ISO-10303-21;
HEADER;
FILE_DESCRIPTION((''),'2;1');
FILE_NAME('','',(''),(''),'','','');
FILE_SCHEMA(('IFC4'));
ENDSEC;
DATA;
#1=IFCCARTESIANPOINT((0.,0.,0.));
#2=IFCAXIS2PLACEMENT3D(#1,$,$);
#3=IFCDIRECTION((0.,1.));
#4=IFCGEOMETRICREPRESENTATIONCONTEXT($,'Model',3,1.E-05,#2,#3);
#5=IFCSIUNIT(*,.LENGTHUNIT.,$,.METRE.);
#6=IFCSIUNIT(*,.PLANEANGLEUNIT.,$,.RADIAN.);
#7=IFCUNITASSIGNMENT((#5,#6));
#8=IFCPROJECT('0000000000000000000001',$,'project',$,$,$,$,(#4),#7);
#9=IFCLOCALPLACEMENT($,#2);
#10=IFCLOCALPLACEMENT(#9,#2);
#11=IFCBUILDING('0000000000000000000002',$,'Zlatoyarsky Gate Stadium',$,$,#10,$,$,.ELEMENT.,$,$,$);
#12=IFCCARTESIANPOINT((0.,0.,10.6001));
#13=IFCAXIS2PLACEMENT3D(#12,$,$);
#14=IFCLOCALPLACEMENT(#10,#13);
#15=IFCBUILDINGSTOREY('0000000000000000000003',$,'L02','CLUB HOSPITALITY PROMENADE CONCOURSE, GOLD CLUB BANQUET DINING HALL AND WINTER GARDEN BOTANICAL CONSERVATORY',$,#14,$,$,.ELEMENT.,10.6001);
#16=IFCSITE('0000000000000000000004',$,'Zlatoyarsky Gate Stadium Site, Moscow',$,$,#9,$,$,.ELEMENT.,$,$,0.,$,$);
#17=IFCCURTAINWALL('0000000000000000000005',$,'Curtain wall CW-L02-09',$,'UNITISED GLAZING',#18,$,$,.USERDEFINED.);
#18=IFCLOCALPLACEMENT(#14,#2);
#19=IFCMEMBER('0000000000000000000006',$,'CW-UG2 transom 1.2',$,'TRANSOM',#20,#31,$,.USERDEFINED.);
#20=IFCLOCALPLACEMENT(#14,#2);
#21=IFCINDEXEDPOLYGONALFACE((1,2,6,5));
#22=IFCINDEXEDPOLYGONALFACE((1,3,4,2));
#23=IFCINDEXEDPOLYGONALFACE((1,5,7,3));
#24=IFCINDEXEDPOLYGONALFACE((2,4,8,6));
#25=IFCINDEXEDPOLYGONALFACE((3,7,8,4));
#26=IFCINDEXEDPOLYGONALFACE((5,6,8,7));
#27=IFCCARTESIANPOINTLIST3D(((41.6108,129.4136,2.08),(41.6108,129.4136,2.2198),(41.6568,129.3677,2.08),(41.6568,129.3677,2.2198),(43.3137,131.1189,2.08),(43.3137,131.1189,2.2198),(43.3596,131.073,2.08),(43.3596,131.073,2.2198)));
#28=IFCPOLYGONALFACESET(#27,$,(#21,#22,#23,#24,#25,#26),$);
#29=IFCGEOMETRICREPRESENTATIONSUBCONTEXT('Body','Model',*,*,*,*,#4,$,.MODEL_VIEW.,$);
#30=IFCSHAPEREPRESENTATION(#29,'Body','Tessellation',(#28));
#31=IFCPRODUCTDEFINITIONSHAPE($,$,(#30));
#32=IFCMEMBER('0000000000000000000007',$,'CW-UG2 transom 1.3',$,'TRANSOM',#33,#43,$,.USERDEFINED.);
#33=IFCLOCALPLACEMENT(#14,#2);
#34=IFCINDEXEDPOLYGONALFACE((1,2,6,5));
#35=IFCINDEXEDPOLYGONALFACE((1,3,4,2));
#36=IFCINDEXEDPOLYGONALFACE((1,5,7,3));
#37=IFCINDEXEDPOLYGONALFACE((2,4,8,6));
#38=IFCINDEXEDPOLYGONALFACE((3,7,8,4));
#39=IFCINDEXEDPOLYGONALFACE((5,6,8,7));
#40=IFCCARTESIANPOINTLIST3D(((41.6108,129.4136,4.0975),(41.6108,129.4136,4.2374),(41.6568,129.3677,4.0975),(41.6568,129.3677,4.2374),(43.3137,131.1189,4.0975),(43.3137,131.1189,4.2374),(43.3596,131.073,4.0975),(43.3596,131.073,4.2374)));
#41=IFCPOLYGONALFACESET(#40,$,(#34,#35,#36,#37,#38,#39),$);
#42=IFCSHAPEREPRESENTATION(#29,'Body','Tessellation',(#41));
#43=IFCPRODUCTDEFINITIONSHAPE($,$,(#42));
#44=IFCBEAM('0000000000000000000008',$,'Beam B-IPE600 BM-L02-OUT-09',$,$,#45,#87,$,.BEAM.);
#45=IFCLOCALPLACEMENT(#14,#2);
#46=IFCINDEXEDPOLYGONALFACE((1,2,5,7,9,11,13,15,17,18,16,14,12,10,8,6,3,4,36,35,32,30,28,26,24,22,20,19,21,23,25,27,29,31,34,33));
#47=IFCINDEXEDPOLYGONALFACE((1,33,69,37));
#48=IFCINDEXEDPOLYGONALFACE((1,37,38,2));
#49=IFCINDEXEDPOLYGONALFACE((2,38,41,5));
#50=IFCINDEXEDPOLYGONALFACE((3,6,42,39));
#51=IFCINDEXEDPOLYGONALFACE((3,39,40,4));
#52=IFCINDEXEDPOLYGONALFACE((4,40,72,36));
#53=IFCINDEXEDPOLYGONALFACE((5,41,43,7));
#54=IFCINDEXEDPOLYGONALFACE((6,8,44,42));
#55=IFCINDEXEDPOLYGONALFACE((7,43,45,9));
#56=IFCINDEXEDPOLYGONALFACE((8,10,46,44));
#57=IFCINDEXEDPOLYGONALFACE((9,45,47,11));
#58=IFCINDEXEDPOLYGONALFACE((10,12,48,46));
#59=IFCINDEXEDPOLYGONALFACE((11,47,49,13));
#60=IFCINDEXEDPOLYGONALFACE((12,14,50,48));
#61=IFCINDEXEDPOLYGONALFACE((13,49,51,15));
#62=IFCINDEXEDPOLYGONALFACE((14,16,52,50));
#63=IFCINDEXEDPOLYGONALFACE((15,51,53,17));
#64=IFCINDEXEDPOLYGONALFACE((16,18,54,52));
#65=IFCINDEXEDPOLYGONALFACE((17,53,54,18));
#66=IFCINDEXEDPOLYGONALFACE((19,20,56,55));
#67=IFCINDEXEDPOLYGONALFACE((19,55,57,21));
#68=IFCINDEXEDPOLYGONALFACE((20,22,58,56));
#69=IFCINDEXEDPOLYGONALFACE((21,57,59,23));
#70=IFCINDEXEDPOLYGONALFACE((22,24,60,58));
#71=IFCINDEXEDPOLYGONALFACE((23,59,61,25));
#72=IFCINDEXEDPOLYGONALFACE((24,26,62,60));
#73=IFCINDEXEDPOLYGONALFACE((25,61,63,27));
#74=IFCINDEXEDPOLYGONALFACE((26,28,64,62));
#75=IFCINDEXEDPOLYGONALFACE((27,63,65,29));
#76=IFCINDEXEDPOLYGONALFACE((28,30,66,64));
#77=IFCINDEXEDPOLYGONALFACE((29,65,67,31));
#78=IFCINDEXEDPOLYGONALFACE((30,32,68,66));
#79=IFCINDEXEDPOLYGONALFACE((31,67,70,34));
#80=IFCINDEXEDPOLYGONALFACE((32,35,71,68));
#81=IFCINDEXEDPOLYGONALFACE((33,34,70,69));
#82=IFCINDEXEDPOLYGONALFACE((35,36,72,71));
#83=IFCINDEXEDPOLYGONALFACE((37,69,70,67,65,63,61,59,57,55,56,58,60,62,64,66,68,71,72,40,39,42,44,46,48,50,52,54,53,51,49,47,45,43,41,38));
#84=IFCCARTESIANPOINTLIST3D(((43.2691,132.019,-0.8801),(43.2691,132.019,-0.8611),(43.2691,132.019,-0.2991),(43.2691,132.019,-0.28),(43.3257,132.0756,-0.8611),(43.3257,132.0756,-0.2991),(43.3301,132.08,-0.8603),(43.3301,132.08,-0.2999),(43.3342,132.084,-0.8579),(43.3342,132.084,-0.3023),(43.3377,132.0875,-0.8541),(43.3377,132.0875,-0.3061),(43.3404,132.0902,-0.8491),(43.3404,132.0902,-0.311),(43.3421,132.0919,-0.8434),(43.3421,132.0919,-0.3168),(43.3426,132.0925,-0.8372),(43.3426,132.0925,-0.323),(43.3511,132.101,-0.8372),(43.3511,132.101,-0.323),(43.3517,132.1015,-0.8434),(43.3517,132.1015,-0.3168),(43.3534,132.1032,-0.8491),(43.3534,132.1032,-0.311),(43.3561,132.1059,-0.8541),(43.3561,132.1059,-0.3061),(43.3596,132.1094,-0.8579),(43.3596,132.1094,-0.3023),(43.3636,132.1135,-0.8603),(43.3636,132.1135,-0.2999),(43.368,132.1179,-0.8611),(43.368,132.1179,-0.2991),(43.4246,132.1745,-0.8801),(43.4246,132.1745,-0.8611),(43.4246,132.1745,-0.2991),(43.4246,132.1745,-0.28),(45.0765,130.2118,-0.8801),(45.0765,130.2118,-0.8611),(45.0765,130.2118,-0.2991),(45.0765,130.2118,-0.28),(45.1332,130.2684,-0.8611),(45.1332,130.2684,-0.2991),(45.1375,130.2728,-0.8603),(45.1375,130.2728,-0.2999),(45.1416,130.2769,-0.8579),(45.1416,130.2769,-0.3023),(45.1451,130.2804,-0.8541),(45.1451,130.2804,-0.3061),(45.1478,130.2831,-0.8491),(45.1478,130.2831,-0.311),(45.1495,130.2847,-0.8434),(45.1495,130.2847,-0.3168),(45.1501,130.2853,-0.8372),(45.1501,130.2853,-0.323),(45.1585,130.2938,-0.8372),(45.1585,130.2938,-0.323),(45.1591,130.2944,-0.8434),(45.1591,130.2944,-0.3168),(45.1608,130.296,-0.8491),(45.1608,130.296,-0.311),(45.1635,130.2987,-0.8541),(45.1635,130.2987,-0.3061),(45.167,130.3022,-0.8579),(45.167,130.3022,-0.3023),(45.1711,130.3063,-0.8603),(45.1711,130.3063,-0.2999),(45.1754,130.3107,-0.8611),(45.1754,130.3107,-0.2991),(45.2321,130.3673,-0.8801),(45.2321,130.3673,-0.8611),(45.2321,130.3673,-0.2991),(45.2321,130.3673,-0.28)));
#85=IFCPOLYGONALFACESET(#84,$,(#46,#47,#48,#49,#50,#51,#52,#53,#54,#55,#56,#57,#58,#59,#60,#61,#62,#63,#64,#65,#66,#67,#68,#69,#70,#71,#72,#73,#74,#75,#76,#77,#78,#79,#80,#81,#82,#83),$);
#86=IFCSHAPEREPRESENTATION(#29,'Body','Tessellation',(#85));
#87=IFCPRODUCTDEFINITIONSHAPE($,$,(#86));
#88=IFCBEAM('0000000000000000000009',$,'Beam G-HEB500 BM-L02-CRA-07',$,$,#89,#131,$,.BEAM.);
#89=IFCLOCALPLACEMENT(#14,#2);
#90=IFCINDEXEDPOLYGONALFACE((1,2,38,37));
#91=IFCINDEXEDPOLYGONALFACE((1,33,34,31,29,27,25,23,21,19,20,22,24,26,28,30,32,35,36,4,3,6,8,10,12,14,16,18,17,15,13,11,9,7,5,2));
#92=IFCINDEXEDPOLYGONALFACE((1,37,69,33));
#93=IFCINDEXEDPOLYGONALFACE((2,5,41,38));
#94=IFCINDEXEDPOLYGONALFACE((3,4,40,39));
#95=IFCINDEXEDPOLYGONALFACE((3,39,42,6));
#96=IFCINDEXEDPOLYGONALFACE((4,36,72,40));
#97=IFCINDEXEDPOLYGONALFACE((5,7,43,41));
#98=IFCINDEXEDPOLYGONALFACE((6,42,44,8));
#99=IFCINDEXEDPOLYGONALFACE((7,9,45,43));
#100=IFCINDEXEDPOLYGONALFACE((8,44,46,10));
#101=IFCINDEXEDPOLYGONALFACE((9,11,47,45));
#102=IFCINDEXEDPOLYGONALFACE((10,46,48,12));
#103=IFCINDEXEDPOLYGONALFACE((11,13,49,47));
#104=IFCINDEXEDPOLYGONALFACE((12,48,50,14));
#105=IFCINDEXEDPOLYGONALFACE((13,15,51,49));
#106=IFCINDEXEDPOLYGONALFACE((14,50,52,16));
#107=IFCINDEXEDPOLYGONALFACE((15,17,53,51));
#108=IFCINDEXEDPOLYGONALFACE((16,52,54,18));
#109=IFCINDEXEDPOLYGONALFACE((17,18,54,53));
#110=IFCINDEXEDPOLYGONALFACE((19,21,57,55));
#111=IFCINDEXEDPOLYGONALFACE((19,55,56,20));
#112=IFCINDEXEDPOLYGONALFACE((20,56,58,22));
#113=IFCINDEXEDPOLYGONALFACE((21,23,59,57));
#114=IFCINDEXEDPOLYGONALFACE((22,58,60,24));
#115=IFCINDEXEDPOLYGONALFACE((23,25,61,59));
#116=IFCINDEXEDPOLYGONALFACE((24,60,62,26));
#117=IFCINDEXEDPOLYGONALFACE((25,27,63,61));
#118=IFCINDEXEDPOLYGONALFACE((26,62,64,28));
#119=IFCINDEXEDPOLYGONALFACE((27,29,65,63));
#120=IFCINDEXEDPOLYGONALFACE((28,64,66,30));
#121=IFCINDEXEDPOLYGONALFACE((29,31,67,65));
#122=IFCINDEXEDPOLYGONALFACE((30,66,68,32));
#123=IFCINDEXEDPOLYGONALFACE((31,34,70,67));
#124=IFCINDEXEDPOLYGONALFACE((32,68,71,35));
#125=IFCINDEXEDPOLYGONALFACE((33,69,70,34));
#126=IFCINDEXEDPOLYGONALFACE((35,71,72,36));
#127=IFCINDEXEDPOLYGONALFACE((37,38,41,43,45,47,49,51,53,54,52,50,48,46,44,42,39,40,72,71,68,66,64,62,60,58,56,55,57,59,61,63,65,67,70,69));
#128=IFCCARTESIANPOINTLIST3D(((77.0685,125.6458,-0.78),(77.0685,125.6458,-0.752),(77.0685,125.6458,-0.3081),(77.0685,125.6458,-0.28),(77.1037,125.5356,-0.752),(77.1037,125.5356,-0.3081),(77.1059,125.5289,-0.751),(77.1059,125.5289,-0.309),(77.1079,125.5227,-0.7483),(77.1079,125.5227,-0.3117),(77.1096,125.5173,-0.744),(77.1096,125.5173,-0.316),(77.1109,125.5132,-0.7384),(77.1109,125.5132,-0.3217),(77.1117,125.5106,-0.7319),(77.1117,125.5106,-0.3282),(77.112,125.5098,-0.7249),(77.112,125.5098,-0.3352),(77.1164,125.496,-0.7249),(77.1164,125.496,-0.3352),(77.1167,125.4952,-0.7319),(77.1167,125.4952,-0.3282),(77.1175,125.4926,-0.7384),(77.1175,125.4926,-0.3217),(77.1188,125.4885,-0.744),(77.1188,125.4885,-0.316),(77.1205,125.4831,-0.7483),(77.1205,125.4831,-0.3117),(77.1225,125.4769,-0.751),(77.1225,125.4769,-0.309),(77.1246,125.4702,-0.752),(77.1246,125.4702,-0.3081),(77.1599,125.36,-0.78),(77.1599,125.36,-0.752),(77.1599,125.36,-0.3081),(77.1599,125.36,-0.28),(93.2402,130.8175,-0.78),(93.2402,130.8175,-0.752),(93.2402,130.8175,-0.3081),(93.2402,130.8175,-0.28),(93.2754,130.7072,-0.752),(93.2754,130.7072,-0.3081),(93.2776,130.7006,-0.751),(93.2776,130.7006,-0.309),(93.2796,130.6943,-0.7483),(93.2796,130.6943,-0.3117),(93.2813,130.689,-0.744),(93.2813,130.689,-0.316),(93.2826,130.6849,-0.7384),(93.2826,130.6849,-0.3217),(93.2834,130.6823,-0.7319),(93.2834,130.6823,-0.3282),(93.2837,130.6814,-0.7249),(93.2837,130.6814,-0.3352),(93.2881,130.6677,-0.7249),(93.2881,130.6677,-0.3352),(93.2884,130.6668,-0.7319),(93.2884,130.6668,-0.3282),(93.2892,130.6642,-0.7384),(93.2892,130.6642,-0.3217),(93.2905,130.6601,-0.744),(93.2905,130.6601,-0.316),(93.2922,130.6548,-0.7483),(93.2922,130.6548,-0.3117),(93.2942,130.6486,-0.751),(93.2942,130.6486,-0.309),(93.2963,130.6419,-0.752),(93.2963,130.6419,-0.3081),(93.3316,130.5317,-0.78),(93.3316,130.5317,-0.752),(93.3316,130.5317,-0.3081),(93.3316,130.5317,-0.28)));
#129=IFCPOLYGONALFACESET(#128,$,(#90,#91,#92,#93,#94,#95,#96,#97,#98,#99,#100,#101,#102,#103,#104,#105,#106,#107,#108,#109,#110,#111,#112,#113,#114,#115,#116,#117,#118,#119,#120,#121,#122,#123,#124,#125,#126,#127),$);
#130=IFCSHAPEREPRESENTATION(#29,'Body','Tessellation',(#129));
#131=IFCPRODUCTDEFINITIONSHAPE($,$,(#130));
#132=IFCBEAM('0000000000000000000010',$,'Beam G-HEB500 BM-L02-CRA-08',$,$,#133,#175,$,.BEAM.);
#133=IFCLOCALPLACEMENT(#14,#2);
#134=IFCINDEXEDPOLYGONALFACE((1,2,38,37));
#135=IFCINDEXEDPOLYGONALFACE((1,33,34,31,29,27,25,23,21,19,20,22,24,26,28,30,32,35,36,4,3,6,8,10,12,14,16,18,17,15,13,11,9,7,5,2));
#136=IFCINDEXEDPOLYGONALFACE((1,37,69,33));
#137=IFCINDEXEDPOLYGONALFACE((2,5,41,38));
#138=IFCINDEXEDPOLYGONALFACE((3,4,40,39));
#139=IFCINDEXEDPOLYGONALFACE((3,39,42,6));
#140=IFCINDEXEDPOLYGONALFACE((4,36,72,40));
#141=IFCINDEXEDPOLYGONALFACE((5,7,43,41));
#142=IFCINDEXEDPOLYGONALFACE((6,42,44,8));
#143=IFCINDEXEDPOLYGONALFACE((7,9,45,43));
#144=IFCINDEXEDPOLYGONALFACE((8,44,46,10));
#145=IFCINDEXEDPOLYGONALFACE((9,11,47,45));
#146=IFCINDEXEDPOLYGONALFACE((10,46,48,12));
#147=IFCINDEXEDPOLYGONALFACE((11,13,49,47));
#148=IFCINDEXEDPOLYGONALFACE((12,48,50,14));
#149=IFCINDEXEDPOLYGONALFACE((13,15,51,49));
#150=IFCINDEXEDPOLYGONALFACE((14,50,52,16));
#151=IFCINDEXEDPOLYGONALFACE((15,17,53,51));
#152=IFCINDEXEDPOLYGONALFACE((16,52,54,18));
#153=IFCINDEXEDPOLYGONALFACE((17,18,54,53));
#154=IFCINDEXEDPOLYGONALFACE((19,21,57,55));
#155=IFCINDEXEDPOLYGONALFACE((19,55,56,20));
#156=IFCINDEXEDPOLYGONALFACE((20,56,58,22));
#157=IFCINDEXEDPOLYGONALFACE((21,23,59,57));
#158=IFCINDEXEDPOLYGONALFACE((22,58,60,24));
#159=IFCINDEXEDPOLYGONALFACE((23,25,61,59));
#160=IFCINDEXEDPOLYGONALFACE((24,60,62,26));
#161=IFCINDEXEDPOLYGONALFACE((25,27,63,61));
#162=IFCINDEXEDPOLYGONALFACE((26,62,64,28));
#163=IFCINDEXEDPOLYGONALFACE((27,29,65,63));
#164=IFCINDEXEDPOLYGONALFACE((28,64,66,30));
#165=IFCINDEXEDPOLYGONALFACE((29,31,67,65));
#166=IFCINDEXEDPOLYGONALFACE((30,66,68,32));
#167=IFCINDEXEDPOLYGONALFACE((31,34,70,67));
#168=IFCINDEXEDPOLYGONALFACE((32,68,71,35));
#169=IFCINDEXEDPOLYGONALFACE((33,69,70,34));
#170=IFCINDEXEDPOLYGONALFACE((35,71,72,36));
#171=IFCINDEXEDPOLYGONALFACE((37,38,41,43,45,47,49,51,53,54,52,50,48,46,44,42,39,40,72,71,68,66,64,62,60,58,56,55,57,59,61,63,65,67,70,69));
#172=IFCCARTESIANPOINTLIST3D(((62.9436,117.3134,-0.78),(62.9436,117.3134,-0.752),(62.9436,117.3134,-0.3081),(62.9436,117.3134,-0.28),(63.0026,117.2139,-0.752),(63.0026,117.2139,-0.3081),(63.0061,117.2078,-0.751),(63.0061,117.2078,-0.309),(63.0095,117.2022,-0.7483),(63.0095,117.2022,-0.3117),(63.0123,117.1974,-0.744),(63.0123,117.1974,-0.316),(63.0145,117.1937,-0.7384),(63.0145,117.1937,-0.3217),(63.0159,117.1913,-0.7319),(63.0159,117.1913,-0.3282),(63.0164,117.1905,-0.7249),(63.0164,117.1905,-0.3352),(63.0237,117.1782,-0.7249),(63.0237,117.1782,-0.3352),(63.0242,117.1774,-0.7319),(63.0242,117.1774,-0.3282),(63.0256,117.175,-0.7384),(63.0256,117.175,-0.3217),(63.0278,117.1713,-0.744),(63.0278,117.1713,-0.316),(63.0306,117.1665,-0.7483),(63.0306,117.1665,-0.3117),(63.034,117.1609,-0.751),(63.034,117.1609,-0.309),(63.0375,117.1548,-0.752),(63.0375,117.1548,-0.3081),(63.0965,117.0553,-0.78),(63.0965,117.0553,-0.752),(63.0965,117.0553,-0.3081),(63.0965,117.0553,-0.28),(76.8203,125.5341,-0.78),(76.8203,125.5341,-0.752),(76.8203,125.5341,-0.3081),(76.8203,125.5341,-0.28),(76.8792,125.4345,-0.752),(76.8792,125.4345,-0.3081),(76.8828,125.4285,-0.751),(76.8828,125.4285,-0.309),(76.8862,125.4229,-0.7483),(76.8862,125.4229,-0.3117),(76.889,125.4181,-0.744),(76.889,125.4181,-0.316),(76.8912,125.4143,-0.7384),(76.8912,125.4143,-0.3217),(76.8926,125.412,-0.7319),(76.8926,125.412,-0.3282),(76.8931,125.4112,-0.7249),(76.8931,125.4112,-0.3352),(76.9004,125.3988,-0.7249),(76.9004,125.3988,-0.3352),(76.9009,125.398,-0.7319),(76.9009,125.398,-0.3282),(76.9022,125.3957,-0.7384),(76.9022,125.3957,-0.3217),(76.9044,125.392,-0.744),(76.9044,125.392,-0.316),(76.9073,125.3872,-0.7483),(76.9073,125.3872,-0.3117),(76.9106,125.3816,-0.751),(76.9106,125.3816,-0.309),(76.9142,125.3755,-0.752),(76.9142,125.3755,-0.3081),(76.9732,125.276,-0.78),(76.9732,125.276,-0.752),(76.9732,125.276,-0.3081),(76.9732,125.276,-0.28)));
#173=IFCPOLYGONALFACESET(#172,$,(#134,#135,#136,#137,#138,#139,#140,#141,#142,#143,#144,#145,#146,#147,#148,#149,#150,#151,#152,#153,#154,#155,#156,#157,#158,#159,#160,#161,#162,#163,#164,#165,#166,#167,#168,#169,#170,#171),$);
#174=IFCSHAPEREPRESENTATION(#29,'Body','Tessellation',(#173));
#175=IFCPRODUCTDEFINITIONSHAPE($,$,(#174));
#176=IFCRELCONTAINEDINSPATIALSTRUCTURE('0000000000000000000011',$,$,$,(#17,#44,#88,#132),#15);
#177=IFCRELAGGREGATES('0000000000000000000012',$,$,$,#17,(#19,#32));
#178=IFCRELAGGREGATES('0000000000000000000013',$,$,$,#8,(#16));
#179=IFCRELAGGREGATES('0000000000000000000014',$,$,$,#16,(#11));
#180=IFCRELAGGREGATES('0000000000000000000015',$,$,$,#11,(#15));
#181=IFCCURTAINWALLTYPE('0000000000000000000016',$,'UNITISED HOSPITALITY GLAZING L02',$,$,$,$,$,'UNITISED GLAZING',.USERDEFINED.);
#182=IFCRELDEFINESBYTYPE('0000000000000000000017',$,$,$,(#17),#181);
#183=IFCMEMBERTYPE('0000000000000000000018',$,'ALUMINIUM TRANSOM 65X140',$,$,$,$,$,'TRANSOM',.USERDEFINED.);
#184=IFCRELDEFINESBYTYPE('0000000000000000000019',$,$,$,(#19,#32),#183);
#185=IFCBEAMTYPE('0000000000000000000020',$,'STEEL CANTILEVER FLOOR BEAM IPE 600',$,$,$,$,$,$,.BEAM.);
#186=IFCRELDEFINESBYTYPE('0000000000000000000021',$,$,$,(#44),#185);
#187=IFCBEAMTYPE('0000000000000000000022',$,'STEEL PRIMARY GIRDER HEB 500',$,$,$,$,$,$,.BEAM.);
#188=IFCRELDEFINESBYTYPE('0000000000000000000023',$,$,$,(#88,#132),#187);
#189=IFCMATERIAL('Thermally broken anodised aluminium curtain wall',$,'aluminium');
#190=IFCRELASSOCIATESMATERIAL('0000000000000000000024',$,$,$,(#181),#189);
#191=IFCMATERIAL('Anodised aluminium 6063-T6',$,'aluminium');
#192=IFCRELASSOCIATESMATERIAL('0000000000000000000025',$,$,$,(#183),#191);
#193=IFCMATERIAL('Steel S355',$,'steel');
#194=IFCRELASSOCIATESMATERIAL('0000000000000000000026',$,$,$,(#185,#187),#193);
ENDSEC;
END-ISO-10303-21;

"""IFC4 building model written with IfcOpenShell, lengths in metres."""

from ifc_helpers import new_model, si_unit, direction, frame, origin, origin_2d, place, context, subcontext, project, spatial, rectangle, i_section, extrude, material, material_profile, profile_set, type_object, element, aggregate, save


model = new_model("IFC4")

# Units and contexts
model_context = context("Model", 3, precision=1e-05, world=origin(), true_north=direction((0.0, 1.0)))
body_context = subcontext(model_context, "Body", "Model", "MODEL_VIEW")
ifc_project = project(units=[si_unit("LENGTHUNIT", "METRE"), si_unit("PLANEANGLEUNIT", "RADIAN")], contexts=[model_context])

# Site, building, storey
site_placement = place(None, origin())
site = spatial("IfcSite", under=ifc_project, at=site_placement, Name="Zlatoyarsky Gate Stadium Site, Moscow", CompositionType="ELEMENT", RefElevation=0.0)
building_placement = place(site_placement, origin())
building = spatial("IfcBuilding", under=site, at=building_placement, Name="Zlatoyarsky Gate Stadium", CompositionType="ELEMENT")
storey_placement = place(building_placement, frame((0.0, 0.0, 10.6001)))
storey = spatial("IfcBuildingStorey", under=building, at=storey_placement, Name="L02", Description="CLUB HOSPITALITY PROMENADE CONCOURSE, GOLD CLUB BANQUET DINING HALL AND WINTER GARDEN BOTANICAL CONSERVATORY", CompositionType="ELEMENT", Elevation=10.6001)

# Shared definitions
ifc_material_1 = material(Name="Steel S355", Category="steel")

# Curtain wall, members
ifc_material_2 = material(Name="Thermally broken anodised aluminium curtain wall", Category="aluminium")
curtain_wall_type = type_object("IfcCurtainWallType", Name="UNITISED HOSPITALITY GLAZING L02", ElementType="UNITISED GLAZING", PredefinedType="USERDEFINED", material=ifc_material_2)
curtain_wall_placement = place(storey_placement, origin())
curtain_wall = element("IfcCurtainWall", 1, at=curtain_wall_placement, inside=storey, type_object=curtain_wall_type, Name="Curtain wall CW-L02-09", ObjectType="UNITISED GLAZING", PredefinedType="USERDEFINED")
ifc_material_3 = material(Name="Anodised aluminium 6063-T6", Category="aluminium")
ifc_material_profile_1 = material_profile(ifc_material_3, rectangle(XDim=0.0649, YDim=0.1399, at=origin_2d()), Name="ALU 65X140")
ifc_profile_set_1 = profile_set([ifc_material_profile_1], Name="Anodised aluminium 6063-T6")
member_type = type_object("IfcMemberType", Name="ALUMINIUM TRANSOM 65X140", ElementType="TRANSOM", PredefinedType="USERDEFINED", material=ifc_profile_set_1)
member_1_placement = place(storey_placement, frame((43.3367, 131.0959, 2.1499), z_axis=(-0.7066, -0.707613, 0.0), x_axis=(0.707613, -0.7066, 0.0)))
member_1 = element("IfcMember", 2, at=member_1_placement, type_object=member_type, Name="CW-UG2 transom 1.2", ObjectType="TRANSOM", PredefinedType="USERDEFINED", context=body_context, shape_type="SweptSolid", body=[
    extrude(rectangle(XDim=0.0649, YDim=0.1399, at=origin_2d()), origin(), (0.0, 0.0, 1.0), 2.4099),
])
member_2_placement = place(storey_placement, frame((43.3367, 131.0959, 4.1675), z_axis=(-0.7066, -0.707613, 0.0), x_axis=(0.707613, -0.7066, 0.0)))
member_2 = element("IfcMember", 3, at=member_2_placement, type_object=member_type, Name="CW-UG2 transom 1.3", ObjectType="TRANSOM", PredefinedType="USERDEFINED", context=body_context, shape_type="SweptSolid", body=[
    extrude(rectangle(XDim=0.0649, YDim=0.1399, at=origin_2d()), origin(), (0.0, 0.0, 1.0), 2.4099),
])
aggregate(curtain_wall, [member_1, member_2])

# Beams
ifc_material_profile_2 = material_profile(ifc_material_1, i_section(OverallWidth=0.22, OverallDepth=0.6001, WebThickness=0.012, FlangeThickness=0.019, FilletRadius=0.0239, at=origin_2d()), Name="IPE 600")
ifc_profile_set_2 = profile_set([ifc_material_profile_2], Name="Steel S355")
beam_type_1 = type_object("IfcBeamType", Name="STEEL CANTILEVER FLOOR BEAM IPE 600", PredefinedType="BEAM", material=ifc_profile_set_2)
beam_1_placement = place(storey_placement, frame((45.1543, 130.2896, -0.5801), z_axis=(-0.707155, 0.707059, 0.0), x_axis=(-0.707059, -0.707155, 0.0)))
element("IfcBeam", 4, at=beam_1_placement, inside=storey, type_object=beam_type_1, Name="Beam B-IPE600 BM-L02-OUT-09", PredefinedType="BEAM", context=body_context, shape_type="SweptSolid", body=[
    extrude(i_section(OverallWidth=0.22, OverallDepth=0.6001, WebThickness=0.012, FlangeThickness=0.019, FilletRadius=0.0239, at=origin_2d()), origin(), (0.0, 0.0, 1.0), 2.5559),
])
ifc_material_profile_3 = material_profile(ifc_material_1, i_section(OverallWidth=0.3, OverallDepth=0.5, WebThickness=0.0144, FlangeThickness=0.0281, FilletRadius=0.0271, at=origin_2d()), Name="HEB 500")
ifc_profile_set_3 = profile_set([ifc_material_profile_3], Name="Steel S355")
beam_type_2 = type_object("IfcBeamType", Name="STEEL PRIMARY GIRDER HEB 500", PredefinedType="BEAM", material=ifc_profile_set_3)
beam_2_placement = place(storey_placement, frame((93.2859, 130.6746, -0.53), z_axis=(-0.95248, -0.3046, 0.0), x_axis=(0.3046, -0.95248, 0.0)))
element("IfcBeam", 5, at=beam_2_placement, inside=storey, type_object=beam_type_2, Name="Beam G-HEB500 BM-L02-CRA-07", PredefinedType="BEAM", context=body_context, shape_type="SweptSolid", body=[
    extrude(i_section(OverallWidth=0.3, OverallDepth=0.5, WebThickness=0.0144, FlangeThickness=0.0281, FilletRadius=0.0271, at=origin_2d()), origin(), (0.0, 0.0, 1.0), 16.9785),
])
beam_3_placement = place(storey_placement, frame((76.8967, 125.405, -0.53), z_axis=(-0.86036, -0.509686, 0.0), x_axis=(0.509686, -0.86036, 0.0)))
element("IfcBeam", 6, at=beam_3_placement, inside=storey, type_object=beam_type_2, Name="Beam G-HEB500 BM-L02-CRA-08", PredefinedType="BEAM", context=body_context, shape_type="SweptSolid", body=[
    extrude(i_section(OverallWidth=0.3, OverallDepth=0.5, WebThickness=0.0144, FlangeThickness=0.0281, FilletRadius=0.0271, at=origin_2d()), origin(), (0.0, 0.0, 1.0), 16.1289),
])

save(model, "model.ifc")
